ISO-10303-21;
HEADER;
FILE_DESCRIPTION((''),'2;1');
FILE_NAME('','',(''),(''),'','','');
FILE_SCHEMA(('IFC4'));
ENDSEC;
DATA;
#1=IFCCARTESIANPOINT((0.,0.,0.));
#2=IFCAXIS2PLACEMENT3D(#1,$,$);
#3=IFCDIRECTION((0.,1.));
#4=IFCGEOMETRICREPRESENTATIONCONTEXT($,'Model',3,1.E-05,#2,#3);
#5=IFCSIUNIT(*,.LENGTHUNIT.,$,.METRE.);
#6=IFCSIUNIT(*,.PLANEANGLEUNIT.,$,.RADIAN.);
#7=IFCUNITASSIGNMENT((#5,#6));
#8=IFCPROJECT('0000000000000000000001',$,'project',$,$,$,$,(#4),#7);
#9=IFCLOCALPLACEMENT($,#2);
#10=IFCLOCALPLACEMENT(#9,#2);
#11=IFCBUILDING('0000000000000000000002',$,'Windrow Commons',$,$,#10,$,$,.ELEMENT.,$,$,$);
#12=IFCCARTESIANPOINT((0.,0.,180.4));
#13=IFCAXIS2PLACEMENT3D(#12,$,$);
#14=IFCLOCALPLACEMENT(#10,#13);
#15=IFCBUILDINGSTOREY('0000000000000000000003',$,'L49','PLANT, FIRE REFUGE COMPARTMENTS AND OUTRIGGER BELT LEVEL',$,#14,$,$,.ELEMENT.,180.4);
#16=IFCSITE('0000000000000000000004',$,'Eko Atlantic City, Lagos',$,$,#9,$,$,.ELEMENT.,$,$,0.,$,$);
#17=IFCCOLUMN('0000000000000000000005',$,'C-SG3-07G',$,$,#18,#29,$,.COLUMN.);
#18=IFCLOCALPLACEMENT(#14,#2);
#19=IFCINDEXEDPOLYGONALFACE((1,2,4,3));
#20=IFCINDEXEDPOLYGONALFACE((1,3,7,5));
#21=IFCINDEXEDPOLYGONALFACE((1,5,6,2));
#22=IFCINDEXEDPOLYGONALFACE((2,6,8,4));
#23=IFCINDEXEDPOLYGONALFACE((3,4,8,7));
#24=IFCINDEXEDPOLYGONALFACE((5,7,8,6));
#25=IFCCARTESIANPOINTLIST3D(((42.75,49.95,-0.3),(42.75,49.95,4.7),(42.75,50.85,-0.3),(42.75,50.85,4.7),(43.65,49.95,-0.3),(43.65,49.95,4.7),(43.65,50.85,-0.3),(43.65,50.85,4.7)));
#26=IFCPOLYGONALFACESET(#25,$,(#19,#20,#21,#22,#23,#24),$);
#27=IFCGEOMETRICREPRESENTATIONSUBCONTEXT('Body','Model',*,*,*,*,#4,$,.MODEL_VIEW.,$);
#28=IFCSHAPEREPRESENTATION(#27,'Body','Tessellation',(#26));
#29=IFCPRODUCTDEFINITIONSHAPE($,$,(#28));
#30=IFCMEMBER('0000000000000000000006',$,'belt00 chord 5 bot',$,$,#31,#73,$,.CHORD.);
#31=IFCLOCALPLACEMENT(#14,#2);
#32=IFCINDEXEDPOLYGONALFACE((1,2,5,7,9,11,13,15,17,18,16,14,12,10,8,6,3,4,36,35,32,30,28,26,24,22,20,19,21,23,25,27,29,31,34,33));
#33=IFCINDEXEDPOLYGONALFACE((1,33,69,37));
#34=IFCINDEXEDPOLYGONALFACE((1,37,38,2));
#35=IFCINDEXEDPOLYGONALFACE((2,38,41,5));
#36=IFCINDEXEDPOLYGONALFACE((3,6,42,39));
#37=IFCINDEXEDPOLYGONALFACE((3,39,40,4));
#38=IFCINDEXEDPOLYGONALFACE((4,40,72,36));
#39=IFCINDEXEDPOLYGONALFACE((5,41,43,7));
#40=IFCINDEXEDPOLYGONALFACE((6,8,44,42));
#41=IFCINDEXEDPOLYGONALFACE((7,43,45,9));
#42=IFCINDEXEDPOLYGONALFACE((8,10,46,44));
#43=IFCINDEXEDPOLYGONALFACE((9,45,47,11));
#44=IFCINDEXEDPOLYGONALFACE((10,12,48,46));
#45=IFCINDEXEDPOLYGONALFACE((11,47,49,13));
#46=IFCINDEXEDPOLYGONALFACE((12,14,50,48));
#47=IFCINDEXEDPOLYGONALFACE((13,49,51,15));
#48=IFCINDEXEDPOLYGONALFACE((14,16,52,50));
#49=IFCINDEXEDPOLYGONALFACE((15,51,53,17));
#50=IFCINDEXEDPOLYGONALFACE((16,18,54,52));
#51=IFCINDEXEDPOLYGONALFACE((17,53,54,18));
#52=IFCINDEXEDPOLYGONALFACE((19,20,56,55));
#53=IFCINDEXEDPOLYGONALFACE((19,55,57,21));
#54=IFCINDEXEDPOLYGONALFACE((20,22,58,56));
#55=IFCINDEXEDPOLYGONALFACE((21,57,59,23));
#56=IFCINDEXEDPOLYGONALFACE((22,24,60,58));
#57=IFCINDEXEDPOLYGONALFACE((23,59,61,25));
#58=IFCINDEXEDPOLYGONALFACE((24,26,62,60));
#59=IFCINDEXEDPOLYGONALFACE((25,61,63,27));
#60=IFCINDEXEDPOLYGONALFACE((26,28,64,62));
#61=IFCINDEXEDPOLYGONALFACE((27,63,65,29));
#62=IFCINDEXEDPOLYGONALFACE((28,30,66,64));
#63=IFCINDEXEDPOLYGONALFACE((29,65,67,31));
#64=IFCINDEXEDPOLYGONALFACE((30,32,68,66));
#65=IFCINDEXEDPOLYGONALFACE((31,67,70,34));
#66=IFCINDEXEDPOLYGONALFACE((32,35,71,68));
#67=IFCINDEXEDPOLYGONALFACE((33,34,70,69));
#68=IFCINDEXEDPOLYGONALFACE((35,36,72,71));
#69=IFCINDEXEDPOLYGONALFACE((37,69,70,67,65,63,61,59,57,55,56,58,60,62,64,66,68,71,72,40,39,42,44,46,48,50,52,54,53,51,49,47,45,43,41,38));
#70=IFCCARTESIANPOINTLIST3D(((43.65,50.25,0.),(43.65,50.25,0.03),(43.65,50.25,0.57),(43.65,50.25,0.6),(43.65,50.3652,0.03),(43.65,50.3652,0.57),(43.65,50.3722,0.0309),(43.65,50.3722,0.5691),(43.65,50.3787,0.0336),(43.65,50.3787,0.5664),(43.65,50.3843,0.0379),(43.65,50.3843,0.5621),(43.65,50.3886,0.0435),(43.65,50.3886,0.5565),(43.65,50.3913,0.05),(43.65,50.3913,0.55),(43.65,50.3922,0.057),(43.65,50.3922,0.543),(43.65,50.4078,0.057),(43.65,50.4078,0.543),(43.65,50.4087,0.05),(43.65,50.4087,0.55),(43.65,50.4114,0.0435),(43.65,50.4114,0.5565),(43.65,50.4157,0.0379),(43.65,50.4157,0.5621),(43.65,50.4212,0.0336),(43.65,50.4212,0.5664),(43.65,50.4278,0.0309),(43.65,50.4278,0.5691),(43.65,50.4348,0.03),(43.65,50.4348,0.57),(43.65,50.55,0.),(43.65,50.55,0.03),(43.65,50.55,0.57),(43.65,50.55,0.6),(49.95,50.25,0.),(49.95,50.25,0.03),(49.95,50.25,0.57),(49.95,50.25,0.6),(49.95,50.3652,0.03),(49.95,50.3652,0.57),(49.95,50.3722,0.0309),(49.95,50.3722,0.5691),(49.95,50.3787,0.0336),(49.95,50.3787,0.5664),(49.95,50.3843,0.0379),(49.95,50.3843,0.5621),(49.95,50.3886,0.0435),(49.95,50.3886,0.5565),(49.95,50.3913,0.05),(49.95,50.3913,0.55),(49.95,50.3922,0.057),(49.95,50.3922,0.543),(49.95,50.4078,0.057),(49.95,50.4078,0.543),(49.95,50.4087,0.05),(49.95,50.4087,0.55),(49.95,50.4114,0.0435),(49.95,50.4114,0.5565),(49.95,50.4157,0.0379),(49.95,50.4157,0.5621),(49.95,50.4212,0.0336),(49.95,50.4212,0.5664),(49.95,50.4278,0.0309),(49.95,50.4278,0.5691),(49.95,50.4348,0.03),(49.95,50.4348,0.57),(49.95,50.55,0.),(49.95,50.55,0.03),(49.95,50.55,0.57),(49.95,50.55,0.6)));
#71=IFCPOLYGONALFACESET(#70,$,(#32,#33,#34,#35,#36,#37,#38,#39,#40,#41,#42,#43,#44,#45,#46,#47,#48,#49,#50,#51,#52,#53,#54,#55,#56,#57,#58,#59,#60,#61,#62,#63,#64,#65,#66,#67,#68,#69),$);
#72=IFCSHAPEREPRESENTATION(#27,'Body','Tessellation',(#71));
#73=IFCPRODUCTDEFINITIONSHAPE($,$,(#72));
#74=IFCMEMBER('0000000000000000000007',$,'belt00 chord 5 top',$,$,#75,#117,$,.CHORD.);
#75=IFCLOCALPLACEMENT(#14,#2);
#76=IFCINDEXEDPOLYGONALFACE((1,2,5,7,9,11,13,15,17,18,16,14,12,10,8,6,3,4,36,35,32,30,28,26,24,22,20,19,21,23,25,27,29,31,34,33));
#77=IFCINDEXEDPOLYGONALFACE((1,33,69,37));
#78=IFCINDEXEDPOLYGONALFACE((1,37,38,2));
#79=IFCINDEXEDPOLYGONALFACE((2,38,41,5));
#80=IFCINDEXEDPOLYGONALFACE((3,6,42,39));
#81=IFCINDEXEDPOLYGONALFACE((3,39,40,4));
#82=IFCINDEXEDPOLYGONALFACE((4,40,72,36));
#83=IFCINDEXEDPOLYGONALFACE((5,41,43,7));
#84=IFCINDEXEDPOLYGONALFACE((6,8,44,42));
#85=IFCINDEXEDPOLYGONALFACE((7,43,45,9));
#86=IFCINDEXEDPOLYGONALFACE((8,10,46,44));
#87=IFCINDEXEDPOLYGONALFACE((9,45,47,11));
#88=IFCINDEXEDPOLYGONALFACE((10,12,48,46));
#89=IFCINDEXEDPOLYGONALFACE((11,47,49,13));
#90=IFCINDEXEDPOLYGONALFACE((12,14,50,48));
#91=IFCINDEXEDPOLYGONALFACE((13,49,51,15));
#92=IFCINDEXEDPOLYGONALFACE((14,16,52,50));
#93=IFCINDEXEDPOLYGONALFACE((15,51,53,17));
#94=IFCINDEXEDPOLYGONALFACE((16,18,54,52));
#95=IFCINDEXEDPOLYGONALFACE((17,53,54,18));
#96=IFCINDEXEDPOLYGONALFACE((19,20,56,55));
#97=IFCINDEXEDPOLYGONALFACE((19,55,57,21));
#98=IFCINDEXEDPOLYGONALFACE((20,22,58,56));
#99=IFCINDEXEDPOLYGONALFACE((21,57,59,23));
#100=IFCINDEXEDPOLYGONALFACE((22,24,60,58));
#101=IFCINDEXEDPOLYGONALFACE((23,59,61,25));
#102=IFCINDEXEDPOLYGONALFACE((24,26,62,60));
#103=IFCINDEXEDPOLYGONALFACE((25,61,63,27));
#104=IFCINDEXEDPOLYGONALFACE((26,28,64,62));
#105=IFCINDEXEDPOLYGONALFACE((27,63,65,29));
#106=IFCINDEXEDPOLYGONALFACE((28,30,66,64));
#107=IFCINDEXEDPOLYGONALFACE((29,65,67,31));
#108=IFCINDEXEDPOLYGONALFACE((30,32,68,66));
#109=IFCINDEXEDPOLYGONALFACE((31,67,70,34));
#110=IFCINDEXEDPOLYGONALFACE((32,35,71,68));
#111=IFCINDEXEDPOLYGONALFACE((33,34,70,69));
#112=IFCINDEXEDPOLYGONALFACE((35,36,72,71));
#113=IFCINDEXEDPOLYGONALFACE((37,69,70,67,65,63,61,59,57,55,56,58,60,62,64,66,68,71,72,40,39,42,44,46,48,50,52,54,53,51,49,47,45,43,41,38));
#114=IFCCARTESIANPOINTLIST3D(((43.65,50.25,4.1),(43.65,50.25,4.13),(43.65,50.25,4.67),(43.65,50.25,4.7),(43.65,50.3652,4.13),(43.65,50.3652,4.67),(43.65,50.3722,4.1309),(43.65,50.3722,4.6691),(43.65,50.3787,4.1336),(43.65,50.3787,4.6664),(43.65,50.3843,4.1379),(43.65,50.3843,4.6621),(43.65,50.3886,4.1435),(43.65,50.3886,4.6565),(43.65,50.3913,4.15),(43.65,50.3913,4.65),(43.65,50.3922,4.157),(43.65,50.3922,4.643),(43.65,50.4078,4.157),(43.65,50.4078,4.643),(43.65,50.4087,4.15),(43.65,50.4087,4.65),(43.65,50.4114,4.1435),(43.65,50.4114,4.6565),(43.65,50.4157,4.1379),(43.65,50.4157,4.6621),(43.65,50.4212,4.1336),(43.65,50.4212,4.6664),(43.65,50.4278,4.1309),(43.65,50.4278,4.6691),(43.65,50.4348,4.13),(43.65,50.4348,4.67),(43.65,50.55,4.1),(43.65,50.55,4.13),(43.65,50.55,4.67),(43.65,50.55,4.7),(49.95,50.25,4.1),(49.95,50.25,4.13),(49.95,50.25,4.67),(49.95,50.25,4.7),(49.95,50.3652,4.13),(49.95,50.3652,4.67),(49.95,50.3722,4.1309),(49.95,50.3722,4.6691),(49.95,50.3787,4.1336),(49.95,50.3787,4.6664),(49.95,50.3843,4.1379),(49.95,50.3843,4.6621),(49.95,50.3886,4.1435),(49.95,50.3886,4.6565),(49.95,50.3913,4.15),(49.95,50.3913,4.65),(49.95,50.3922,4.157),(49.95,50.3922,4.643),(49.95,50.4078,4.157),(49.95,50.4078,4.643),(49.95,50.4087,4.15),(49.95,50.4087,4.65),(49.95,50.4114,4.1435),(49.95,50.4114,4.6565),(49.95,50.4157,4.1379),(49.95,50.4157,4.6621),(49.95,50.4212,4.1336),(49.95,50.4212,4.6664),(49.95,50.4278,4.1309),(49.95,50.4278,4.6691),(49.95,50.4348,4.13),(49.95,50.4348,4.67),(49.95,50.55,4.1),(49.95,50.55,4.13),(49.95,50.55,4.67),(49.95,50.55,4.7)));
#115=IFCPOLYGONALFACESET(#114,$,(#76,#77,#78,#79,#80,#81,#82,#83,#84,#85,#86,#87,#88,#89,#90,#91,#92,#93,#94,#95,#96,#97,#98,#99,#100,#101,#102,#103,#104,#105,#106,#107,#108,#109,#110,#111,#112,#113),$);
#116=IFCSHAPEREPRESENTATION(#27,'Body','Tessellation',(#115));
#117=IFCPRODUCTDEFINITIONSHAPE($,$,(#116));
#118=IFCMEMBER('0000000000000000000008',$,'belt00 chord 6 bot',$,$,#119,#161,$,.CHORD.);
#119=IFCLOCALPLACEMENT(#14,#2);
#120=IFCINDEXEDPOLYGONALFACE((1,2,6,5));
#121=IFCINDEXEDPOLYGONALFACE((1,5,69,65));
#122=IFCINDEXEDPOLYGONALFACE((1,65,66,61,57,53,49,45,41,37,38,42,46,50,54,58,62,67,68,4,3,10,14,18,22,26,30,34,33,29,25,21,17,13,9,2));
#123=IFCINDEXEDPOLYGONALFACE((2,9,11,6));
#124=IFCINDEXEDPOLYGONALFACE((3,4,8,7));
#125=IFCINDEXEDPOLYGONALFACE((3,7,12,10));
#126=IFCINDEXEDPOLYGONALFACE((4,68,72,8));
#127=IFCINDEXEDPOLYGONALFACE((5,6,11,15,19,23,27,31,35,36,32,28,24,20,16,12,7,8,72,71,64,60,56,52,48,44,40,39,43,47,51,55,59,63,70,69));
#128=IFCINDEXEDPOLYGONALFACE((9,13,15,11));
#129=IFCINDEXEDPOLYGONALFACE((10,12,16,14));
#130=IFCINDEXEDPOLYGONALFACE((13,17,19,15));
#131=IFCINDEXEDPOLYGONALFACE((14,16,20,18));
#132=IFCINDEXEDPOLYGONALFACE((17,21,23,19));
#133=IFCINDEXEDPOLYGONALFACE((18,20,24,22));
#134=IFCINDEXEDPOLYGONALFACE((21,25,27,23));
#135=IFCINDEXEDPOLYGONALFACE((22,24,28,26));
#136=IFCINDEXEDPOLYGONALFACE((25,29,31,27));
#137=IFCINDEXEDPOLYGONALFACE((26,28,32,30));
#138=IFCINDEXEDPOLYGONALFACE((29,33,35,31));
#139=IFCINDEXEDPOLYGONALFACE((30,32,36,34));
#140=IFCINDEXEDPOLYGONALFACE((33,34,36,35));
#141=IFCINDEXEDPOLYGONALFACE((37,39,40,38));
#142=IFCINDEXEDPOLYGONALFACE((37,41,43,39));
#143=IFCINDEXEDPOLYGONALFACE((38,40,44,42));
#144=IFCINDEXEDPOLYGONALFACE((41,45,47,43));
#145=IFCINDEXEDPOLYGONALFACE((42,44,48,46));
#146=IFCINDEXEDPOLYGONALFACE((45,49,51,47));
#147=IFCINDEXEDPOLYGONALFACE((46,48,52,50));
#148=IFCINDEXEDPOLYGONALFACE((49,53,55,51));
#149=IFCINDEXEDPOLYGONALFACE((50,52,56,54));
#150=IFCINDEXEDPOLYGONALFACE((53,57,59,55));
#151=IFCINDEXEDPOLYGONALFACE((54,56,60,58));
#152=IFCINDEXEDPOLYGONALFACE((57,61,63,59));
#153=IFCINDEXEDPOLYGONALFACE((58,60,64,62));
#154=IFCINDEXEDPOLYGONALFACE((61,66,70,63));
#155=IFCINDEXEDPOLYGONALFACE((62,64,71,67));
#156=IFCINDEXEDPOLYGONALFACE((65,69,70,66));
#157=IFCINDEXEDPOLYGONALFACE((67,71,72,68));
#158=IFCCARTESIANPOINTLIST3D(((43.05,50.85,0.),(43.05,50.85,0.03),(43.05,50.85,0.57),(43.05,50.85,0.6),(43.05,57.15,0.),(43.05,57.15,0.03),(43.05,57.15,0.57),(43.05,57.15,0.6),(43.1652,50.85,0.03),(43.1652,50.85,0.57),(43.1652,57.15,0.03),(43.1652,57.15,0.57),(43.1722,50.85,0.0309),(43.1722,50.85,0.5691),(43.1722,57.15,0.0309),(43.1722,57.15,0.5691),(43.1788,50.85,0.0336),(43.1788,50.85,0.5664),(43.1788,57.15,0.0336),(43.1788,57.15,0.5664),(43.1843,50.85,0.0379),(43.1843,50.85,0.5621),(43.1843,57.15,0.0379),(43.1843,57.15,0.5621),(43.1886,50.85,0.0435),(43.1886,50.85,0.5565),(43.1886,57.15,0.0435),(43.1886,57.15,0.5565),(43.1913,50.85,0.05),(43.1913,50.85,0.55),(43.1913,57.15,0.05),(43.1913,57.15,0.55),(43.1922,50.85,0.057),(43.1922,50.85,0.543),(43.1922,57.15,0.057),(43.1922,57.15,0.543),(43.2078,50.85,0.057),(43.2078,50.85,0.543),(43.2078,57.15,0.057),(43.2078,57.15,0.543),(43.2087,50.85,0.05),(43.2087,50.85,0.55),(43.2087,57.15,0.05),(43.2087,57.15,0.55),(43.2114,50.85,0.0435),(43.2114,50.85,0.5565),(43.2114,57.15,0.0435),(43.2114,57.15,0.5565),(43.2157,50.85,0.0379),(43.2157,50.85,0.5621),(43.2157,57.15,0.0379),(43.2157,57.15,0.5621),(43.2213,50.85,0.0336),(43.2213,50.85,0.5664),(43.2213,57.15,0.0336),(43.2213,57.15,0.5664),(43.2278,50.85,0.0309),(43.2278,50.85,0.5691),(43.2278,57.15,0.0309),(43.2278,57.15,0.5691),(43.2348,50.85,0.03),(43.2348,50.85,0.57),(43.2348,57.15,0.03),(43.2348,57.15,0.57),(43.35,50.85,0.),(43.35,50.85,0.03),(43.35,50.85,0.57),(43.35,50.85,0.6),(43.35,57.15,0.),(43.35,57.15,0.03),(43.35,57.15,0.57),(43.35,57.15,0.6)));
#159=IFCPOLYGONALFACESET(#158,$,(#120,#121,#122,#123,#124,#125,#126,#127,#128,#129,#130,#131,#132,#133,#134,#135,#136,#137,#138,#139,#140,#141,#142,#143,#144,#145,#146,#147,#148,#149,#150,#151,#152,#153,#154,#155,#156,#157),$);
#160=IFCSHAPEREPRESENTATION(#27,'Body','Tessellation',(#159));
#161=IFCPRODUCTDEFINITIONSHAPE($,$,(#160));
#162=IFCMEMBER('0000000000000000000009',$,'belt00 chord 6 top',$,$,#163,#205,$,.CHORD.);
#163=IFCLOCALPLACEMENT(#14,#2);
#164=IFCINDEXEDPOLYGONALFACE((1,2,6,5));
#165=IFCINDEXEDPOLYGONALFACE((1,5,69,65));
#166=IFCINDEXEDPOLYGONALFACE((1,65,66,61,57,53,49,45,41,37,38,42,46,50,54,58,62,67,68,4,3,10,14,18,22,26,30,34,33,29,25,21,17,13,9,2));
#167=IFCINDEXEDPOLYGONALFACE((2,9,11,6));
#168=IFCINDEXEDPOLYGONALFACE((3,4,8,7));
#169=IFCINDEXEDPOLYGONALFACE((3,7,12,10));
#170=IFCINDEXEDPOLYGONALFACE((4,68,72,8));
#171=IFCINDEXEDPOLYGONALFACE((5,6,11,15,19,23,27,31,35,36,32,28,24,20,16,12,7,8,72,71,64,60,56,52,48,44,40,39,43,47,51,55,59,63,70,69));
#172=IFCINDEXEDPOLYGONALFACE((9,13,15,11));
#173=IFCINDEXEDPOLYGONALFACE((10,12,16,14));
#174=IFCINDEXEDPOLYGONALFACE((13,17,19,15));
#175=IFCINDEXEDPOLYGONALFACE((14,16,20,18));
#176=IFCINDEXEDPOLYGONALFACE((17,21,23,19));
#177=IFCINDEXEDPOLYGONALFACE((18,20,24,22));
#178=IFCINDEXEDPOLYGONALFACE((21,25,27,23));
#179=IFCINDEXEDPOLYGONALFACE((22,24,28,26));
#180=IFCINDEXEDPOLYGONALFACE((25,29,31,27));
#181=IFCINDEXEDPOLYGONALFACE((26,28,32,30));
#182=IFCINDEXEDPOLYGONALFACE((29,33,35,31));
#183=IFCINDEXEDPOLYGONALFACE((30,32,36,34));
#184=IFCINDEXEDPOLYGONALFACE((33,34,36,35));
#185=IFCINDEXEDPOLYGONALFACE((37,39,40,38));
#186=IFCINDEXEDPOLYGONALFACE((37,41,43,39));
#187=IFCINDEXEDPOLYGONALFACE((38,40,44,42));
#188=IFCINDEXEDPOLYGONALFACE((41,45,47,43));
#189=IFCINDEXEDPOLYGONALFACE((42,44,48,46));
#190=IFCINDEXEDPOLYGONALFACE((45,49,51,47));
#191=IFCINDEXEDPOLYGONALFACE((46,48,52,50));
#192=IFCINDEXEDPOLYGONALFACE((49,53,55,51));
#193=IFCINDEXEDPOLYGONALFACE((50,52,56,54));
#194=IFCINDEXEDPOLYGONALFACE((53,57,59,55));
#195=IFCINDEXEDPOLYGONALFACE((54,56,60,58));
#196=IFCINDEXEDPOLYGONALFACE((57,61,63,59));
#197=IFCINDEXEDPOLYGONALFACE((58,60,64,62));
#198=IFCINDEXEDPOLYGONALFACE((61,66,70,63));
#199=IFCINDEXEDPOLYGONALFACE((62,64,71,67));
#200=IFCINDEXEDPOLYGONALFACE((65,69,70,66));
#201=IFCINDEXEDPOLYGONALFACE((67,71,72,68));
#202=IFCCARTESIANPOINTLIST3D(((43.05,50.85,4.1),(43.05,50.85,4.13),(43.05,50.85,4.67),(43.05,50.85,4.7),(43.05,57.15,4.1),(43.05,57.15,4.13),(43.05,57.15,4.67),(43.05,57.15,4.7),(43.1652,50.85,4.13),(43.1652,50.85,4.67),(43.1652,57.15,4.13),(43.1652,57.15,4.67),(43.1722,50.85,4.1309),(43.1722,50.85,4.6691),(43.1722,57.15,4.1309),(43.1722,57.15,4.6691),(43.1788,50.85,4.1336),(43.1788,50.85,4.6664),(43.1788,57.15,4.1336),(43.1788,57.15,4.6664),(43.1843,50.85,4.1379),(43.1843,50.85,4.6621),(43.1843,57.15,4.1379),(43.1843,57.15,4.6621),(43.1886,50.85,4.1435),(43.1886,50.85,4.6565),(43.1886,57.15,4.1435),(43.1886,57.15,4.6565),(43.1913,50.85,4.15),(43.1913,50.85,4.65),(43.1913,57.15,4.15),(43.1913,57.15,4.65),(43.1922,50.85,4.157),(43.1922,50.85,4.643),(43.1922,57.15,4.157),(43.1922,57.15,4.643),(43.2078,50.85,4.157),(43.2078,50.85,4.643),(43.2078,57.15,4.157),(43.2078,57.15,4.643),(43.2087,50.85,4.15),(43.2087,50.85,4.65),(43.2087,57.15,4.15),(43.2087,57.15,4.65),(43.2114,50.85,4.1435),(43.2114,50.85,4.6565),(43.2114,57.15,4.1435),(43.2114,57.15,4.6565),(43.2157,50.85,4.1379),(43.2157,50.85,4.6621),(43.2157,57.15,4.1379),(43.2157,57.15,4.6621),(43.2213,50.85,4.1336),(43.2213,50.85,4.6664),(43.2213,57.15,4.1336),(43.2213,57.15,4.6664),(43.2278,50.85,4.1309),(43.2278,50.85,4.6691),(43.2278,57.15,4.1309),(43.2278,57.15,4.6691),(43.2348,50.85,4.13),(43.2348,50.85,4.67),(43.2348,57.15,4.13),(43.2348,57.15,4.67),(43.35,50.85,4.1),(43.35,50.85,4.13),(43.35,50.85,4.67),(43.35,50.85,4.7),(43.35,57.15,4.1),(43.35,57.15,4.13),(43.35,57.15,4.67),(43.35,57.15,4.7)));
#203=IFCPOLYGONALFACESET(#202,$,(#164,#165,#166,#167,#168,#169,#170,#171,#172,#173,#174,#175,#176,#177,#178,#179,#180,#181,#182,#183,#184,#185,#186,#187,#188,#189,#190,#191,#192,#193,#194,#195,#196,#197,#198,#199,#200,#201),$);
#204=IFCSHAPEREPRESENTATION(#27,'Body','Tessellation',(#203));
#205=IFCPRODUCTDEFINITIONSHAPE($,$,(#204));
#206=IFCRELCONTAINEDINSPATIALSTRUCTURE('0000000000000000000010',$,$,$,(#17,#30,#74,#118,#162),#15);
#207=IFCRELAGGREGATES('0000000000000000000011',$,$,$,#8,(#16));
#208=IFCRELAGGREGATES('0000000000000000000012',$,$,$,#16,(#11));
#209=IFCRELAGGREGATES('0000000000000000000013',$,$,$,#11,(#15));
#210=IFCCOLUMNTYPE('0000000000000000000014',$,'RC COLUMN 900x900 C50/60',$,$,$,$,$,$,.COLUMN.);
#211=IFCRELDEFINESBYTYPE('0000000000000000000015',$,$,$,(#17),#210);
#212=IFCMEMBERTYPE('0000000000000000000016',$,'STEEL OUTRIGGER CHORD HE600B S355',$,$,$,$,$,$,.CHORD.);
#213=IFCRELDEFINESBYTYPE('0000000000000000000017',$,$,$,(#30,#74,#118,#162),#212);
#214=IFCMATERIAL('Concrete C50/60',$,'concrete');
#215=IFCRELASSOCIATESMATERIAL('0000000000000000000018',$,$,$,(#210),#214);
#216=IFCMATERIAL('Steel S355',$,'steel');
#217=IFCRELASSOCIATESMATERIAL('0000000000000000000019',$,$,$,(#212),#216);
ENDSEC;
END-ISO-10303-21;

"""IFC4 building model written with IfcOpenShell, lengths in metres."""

from ifc_helpers import new_model, si_unit, direction, frame, origin, origin_2d, place, context, subcontext, project, spatial, rectangle, i_section, extrude, material, material_profile, profile_set, type_object, element, save


model = new_model("IFC4")

# Units and contexts
model_context = context("Model", 3, precision=1e-05, world=origin(), true_north=direction((0.0, 1.0)))
body_context = subcontext(model_context, "Body", "Model", "MODEL_VIEW")
ifc_project = project(units=[si_unit("LENGTHUNIT", "METRE"), si_unit("PLANEANGLEUNIT", "RADIAN")], contexts=[model_context])

# Site, building, storey
site_placement = place(None, origin())
site = spatial("IfcSite", under=ifc_project, at=site_placement, Name="Eko Atlantic City, Lagos", CompositionType="ELEMENT", RefElevation=0.0)
building_placement = place(site_placement, origin())
building = spatial("IfcBuilding", under=site, at=building_placement, Name="Windrow Commons", CompositionType="ELEMENT")
storey_placement = place(building_placement, frame((0.0, 0.0, 180.4)))
storey = spatial("IfcBuildingStorey", under=building, at=storey_placement, Name="L49", Description="PLANT, FIRE REFUGE COMPARTMENTS AND OUTRIGGER BELT LEVEL", CompositionType="ELEMENT", Elevation=180.4)

# Column
ifc_material_1 = material(Name="Concrete C50/60", Category="concrete")
ifc_material_profile_1 = material_profile(ifc_material_1, rectangle(XDim=0.9, YDim=0.9, at=origin_2d()))
ifc_profile_set_1 = profile_set([ifc_material_profile_1], Name="Concrete C50/60")
column_type = type_object("IfcColumnType", Name="RC COLUMN 900x900 C50/60", PredefinedType="COLUMN", material=ifc_profile_set_1)
column_placement = place(storey_placement, frame((43.2, 50.4, -0.3), z_axis=(0.0, 0.0, 1.0), x_axis=(1.0, 0.0, 0.0)))
element("IfcColumn", 1, at=column_placement, inside=storey, type_object=column_type, Name="C-SG3-07G", PredefinedType="COLUMN", context=body_context, shape_type="SweptSolid", body=[
    extrude(rectangle(XDim=0.9, YDim=0.9, at=origin_2d()), origin(), (0.0, 0.0, 1.0), 5.0),
])

# Members
ifc_material_2 = material(Name="Steel S355", Category="steel")
ifc_material_profile_2 = material_profile(ifc_material_2, i_section(OverallWidth=0.3, OverallDepth=0.6, WebThickness=0.0155, FlangeThickness=0.03, FilletRadius=0.027, at=origin_2d()))
ifc_profile_set_2 = profile_set([ifc_material_profile_2], Name="Steel S355")
member_type_1 = type_object("IfcMemberType", Name="STEEL OUTRIGGER CHORD HE600B S355", PredefinedType="CHORD", material=ifc_profile_set_2)
for number, where, z_axis, x_axis, name in (
    (2, (49.95, 50.4, 0.3), (-1.0, 0.0, 0.0), (0.0, -1.0, 0.0), "belt00 chord 5 bot"),
    (3, (49.95, 50.4, 4.4), (-1.0, 0.0, 0.0), (0.0, -1.0, 0.0), "belt00 chord 5 top"),
    (4, (43.2, 50.85, 0.3), (0.0, 1.0, 0.0), (-1.0, 0.0, 0.0), "belt00 chord 6 bot"),
    (5, (43.2, 50.85, 4.4), (0.0, 1.0, 0.0), (-1.0, 0.0, 0.0), "belt00 chord 6 top"),
):
    element("IfcMember", number, at=place(storey_placement, frame(where, z_axis=z_axis, x_axis=x_axis)), inside=storey, type_object=member_type_1, Name=name, PredefinedType="CHORD", context=body_context, shape_type="SweptSolid", body=[
        extrude(i_section(OverallWidth=0.3, OverallDepth=0.6, WebThickness=0.0155, FlangeThickness=0.03, FilletRadius=0.027, at=origin_2d()), origin(), (0.0, 0.0, 1.0), 6.3),
    ])

save(model, "model.ifc")
